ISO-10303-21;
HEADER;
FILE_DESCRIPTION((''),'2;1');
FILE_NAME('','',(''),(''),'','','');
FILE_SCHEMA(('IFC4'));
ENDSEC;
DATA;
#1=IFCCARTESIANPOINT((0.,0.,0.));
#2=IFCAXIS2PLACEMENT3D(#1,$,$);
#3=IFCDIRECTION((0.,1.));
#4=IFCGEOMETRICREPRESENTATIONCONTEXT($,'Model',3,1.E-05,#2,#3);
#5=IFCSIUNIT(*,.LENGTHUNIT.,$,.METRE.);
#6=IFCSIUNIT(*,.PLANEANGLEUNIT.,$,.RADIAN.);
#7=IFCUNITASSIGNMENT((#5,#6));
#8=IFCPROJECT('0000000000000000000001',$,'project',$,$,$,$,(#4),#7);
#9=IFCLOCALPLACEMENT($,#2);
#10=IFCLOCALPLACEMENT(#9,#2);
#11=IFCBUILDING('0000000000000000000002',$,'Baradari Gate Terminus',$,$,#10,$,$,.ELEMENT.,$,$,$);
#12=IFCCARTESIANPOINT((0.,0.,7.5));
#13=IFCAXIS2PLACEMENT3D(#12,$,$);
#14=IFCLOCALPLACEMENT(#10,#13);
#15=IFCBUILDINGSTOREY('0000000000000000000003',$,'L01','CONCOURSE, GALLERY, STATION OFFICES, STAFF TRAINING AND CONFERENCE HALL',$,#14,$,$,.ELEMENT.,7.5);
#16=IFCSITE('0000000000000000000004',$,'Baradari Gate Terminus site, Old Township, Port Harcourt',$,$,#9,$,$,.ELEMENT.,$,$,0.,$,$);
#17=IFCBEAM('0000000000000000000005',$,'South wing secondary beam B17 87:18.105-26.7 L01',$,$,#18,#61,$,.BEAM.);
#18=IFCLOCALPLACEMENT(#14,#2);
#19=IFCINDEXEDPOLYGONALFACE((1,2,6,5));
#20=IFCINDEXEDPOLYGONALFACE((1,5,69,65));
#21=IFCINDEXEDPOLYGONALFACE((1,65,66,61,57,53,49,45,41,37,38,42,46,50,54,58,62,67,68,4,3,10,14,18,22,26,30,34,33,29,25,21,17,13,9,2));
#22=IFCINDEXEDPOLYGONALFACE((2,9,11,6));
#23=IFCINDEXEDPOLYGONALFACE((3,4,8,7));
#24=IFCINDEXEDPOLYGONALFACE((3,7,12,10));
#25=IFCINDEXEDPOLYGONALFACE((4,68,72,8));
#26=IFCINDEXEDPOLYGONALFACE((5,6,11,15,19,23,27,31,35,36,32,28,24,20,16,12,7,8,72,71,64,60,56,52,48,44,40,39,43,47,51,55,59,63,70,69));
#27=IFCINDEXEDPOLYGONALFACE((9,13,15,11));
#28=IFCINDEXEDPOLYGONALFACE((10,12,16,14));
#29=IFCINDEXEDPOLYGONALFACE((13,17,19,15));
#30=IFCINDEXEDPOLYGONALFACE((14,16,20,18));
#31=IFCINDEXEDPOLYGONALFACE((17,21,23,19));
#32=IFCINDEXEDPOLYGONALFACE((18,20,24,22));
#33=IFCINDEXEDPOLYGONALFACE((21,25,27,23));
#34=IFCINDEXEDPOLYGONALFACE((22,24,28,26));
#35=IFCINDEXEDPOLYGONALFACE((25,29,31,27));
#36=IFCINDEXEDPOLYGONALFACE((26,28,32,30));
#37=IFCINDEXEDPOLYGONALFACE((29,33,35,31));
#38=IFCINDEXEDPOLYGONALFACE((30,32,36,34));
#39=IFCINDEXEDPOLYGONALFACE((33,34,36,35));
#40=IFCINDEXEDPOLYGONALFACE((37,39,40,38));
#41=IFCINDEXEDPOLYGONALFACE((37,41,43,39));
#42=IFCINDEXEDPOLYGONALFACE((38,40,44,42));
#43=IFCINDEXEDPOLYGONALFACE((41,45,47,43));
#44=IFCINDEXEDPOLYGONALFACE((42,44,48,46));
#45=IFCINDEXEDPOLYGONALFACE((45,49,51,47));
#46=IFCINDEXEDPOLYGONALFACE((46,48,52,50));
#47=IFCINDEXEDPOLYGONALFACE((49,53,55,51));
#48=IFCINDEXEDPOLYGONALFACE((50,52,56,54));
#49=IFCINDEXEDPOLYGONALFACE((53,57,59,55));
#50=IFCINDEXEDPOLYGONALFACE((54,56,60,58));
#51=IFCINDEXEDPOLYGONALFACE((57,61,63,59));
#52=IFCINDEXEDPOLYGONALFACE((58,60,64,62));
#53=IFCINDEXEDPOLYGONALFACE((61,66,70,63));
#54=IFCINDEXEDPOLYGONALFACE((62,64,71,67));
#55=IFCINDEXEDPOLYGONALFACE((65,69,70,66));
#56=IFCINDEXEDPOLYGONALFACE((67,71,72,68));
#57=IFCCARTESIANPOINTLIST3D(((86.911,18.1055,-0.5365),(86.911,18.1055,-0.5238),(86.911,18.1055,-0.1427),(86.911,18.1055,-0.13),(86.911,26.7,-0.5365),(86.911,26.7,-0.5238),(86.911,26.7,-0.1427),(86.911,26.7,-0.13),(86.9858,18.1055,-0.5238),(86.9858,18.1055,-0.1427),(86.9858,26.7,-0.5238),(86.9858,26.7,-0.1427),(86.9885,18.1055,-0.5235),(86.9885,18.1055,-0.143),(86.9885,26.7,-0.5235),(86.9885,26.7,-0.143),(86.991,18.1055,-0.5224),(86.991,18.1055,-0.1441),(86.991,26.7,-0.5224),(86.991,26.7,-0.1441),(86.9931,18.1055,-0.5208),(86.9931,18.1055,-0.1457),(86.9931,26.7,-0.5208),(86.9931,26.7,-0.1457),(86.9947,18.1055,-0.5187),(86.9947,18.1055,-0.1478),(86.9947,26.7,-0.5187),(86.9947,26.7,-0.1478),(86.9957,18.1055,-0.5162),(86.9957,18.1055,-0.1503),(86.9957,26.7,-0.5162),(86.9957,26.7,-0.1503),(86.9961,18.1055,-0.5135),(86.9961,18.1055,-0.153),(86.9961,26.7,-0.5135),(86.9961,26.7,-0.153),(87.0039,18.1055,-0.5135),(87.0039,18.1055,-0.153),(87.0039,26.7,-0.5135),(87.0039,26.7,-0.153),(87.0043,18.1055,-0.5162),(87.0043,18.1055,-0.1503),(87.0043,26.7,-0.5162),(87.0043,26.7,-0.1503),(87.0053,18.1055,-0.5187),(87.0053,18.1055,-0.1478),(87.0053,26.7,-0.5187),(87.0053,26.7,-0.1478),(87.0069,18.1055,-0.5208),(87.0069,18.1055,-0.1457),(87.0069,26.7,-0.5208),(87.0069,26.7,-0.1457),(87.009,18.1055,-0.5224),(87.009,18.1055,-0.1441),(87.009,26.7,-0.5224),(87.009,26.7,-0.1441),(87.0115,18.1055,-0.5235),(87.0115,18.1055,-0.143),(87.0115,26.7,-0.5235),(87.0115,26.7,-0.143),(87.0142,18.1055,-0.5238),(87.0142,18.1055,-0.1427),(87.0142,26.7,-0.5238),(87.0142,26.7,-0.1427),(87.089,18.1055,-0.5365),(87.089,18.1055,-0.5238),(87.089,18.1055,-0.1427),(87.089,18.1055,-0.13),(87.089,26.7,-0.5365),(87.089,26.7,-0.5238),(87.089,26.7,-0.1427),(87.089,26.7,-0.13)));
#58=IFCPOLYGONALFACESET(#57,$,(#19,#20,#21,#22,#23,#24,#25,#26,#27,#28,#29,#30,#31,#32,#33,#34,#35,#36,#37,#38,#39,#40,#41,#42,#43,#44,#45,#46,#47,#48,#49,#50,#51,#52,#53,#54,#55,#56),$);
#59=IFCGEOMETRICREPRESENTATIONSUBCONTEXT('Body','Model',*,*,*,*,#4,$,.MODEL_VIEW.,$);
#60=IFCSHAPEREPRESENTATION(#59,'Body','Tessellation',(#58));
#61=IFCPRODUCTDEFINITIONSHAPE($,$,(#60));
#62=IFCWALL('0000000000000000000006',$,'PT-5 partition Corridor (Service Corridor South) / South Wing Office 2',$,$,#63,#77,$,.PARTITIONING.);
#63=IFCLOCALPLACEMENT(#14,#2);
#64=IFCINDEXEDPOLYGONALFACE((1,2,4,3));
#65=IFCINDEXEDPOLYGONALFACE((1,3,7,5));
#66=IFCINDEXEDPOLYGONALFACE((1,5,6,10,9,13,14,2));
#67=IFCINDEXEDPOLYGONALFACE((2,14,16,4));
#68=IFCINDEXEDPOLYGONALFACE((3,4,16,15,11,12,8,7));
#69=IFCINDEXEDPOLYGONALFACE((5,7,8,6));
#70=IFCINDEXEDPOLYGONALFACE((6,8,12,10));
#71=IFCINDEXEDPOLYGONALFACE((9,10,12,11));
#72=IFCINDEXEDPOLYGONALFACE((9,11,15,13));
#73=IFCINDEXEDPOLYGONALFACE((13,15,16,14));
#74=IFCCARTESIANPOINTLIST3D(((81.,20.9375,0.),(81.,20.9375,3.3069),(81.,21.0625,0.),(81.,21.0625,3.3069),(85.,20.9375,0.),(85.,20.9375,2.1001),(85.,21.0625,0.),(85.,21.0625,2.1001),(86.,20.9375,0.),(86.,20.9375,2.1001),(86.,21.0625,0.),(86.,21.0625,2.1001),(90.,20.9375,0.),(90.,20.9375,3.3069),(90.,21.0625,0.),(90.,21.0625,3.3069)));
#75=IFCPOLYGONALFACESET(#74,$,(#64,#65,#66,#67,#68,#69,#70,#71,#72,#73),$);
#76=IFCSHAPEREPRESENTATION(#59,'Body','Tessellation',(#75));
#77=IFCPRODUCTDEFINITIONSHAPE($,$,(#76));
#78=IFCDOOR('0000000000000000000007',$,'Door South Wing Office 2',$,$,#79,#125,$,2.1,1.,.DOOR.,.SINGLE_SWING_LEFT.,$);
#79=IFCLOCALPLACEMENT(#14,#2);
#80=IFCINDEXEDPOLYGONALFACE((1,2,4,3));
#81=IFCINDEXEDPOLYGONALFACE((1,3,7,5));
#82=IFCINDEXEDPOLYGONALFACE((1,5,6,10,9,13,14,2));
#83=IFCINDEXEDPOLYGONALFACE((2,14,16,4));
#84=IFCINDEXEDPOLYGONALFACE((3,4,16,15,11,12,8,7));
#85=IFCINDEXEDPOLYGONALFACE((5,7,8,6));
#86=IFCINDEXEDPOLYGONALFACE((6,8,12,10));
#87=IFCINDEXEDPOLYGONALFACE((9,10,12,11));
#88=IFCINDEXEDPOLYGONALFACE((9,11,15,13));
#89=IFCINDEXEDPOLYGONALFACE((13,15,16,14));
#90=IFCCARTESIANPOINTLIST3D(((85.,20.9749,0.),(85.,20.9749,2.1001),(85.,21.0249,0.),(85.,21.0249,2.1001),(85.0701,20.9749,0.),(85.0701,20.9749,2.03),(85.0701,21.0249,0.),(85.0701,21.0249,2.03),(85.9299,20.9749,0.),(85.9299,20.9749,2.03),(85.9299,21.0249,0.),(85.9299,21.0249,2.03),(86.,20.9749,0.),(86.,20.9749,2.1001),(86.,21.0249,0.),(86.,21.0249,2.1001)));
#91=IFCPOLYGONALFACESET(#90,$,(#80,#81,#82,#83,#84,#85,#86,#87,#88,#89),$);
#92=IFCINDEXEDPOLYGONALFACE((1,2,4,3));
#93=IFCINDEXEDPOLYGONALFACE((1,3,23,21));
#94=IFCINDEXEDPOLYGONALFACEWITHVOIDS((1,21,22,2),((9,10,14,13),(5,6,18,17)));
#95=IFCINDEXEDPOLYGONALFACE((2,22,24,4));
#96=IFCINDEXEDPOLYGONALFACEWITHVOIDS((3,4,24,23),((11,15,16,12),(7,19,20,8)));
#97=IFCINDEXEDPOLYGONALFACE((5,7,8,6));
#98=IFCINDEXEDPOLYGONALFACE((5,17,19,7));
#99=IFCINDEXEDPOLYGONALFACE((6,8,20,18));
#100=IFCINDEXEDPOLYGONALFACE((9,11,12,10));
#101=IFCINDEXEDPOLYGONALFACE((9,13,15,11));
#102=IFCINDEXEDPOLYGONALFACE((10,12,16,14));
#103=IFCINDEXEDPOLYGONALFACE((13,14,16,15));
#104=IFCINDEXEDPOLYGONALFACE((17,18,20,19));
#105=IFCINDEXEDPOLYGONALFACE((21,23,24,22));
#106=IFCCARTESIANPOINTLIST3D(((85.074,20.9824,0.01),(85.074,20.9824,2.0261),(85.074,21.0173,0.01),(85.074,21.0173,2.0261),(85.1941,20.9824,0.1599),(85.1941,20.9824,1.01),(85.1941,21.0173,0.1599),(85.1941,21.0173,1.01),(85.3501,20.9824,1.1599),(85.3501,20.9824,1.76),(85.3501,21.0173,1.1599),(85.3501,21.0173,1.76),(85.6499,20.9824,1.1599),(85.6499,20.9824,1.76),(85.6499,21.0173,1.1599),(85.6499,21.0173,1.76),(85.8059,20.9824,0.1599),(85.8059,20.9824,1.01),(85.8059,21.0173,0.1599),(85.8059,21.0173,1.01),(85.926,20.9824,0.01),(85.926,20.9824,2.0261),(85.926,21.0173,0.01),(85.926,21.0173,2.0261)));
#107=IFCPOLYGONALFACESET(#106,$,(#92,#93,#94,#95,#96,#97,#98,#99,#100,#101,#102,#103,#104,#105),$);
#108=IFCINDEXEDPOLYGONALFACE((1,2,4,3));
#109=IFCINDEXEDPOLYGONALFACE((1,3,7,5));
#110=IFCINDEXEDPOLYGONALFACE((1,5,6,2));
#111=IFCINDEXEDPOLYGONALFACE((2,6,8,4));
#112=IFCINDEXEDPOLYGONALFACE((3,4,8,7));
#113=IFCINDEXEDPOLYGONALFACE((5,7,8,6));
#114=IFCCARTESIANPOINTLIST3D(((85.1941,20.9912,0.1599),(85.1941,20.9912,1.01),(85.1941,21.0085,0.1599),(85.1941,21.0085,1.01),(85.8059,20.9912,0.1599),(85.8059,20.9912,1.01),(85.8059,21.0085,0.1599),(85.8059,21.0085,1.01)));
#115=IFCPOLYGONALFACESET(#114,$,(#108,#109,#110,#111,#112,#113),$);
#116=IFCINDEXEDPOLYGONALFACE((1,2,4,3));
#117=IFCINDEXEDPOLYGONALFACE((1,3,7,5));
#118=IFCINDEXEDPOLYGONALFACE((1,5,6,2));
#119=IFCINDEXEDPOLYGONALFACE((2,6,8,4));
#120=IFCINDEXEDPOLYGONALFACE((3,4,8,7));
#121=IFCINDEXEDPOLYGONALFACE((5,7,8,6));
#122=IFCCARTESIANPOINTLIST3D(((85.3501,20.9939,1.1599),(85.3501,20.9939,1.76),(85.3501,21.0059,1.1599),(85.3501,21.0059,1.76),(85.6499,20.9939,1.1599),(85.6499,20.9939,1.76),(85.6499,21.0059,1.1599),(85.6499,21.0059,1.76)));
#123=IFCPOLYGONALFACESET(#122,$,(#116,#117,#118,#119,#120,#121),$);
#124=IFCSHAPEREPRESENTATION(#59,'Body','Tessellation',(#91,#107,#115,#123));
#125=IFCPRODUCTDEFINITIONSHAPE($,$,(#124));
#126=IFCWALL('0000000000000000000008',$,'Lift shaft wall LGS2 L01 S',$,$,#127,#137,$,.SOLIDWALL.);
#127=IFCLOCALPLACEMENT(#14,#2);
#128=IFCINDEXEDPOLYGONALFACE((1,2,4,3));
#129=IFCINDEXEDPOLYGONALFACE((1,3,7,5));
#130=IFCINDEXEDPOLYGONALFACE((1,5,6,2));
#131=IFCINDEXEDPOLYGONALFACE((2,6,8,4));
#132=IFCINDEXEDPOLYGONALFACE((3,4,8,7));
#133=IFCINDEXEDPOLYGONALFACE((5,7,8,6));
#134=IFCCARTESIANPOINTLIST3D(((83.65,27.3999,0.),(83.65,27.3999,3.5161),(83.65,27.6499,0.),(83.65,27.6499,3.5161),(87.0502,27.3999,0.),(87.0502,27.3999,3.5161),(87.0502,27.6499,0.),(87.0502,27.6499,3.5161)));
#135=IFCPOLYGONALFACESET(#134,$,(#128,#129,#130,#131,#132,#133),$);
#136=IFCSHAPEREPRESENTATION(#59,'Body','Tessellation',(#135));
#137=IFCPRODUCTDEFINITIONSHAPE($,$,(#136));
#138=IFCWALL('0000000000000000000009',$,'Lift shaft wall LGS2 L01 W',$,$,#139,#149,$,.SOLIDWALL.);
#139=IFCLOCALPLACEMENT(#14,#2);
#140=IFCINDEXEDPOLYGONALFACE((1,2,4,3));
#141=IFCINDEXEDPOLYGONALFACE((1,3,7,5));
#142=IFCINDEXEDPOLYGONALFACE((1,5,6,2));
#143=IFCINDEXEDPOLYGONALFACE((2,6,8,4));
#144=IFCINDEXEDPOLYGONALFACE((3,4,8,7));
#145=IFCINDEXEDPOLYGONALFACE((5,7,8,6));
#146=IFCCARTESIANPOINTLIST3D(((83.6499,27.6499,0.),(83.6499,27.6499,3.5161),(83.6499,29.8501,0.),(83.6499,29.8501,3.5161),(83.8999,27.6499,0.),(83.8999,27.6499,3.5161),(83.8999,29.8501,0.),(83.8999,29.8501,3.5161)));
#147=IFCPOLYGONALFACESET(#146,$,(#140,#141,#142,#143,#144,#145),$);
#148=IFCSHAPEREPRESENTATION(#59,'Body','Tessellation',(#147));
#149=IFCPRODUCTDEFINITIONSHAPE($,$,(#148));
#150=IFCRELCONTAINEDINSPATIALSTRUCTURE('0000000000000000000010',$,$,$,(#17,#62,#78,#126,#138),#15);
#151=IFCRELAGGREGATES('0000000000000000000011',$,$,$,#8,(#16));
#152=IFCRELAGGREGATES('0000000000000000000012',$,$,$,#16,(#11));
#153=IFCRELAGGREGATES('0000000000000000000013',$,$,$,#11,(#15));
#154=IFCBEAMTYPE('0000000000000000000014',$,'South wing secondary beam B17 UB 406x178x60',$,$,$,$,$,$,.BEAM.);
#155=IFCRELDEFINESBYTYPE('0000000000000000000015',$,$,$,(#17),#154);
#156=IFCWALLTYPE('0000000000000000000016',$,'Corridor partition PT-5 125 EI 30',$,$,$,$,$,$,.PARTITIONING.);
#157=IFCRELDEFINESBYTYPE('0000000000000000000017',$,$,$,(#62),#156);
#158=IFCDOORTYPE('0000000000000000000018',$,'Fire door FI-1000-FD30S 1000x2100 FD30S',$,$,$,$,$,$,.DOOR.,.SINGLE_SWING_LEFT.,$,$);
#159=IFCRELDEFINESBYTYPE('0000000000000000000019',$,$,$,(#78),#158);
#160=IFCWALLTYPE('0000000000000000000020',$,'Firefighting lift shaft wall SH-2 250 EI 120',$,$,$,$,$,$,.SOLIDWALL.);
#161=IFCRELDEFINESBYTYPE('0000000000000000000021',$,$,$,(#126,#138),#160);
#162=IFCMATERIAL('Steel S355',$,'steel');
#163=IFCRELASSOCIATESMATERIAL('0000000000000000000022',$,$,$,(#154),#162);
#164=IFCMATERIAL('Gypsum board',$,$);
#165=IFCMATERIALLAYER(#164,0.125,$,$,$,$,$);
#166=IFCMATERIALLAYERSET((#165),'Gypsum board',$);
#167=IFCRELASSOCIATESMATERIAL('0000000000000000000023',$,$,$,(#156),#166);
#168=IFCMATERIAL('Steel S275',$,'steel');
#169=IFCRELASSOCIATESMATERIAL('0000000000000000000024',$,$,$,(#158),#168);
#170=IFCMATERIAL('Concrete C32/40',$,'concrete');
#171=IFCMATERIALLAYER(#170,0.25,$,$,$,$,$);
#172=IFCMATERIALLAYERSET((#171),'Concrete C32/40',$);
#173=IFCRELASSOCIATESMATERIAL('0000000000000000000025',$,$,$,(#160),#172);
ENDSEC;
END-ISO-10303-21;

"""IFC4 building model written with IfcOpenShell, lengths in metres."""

from ifc_helpers import new_model, si_unit, direction, frame, frame_2d, origin, origin_2d, place, context, subcontext, project, spatial, polyline, rectangle, i_section, outline, extrude, material, layer, layer_set, material_profile, profile_set, type_object, element, fill, save


model = new_model("IFC4")

# Units and contexts
model_context = context("Model", 3, precision=1e-05, world=origin(), true_north=direction((0.0, 1.0)))
body_context = subcontext(model_context, "Body", "Model", "MODEL_VIEW")
ifc_project = project(units=[si_unit("LENGTHUNIT", "METRE"), si_unit("PLANEANGLEUNIT", "RADIAN")], contexts=[model_context])

# Site, building, storey
site_placement = place(None, origin())
site = spatial("IfcSite", under=ifc_project, at=site_placement, Name="Baradari Gate Terminus site, Old Township, Port Harcourt", CompositionType="ELEMENT", RefElevation=0.0)
building_placement = place(site_placement, origin())
building = spatial("IfcBuilding", under=site, at=building_placement, Name="Baradari Gate Terminus", CompositionType="ELEMENT")
storey_placement = place(building_placement, frame((0.0, 0.0, 7.5)))
storey = spatial("IfcBuildingStorey", under=building, at=storey_placement, Name="L01", Description="CONCOURSE, GALLERY, STATION OFFICES, STAFF TRAINING AND CONFERENCE HALL", CompositionType="ELEMENT", Elevation=7.5)

# Beam
ifc_material_1 = material(Name="Steel S355", Category="steel")
ifc_material_profile_1 = material_profile(ifc_material_1, i_section(OverallWidth=0.178, OverallDepth=0.4065, WebThickness=0.0078, FlangeThickness=0.0127, FilletRadius=0.0103, at=origin_2d()), Name="UB 406x178x60")
ifc_profile_set_1 = profile_set([ifc_material_profile_1], Name="Steel S355")
beam_type_1 = type_object("IfcBeamType", Name="South wing secondary beam B17 UB 406x178x60", PredefinedType="BEAM", material=ifc_profile_set_1)
for number, where, z_axis, x_axis, name in (
    (1, (87.0, 18.1055, -0.3333), (0.0, 1.0, 0.0), (-1.0, 0.0, 0.0), "South wing secondary beam B17 87:18.105-26.7 L01"),
):
    element("IfcBeam", number, at=place(storey_placement, frame(where, z_axis=z_axis, x_axis=x_axis)), inside=storey, type_object=beam_type_1, Name=name, PredefinedType="BEAM", context=body_context, shape_type="SweptSolid", body=[
        extrude(i_section(OverallWidth=0.178, OverallDepth=0.4065, WebThickness=0.0078, FlangeThickness=0.0127, FilletRadius=0.0103, at=origin_2d()), origin(), (0.0, 0.0, 1.0), 8.5945),
    ])

# Wall, opening, door
ifc_material_2 = material(Name="Gypsum board")
ifc_layer_1 = layer(ifc_material_2, 0.125)
ifc_layer_set_1 = layer_set([ifc_layer_1], Name="Gypsum board")
wall_type_1 = type_object("IfcWallType", Name="Corridor partition PT-5 125 EI 30", PredefinedType="PARTITIONING", material=ifc_layer_set_1)
wall_1_placement = place(storey_placement, frame((81.0, 21.0, 0.0), z_axis=(0.0, 0.0, 1.0), x_axis=(1.0, 0.0, 0.0)))
wall_1 = element("IfcWall", 2, at=wall_1_placement, inside=storey, type_object=wall_type_1, Name="PT-5 partition Corridor (Service Corridor South) / South Wing Office 2", PredefinedType="PARTITIONING", context=body_context, shape_type="SweptSolid", body=[
    extrude(rectangle(XDim=9.0, YDim=0.125, at=frame_2d((4.5, 0.0))), origin(), (0.0, 0.0, 1.0), 3.3069),
])
opening_1_placement = place(wall_1_placement, frame((4.0, 0.0, 0.0)))
opening_1 = element("IfcOpeningElement", 3, at=opening_1_placement, cuts=wall_1, PredefinedType="OPENING", context=body_context, shape_type="SweptSolid", body=[
    extrude(rectangle(XDim=1.0, YDim=2.1001, at=frame_2d((0.5, 1.05))), frame((0.0, 0.0725, 0.0), z_axis=(0.0, -1.0, 0.0), x_axis=(1.0, 0.0, 0.0)), (0.0, 0.0, 1.0), 0.145),
])
ifc_material_3 = material(Name="Steel S275", Category="steel")
door_type_1 = type_object("IfcDoorType", Name="Fire door FI-1000-FD30S 1000x2100 FD30S", OperationType="SINGLE_SWING_LEFT", PredefinedType="DOOR", material=ifc_material_3)
door_1_placement = place(opening_1_placement, origin())
door_1 = element("IfcDoor", 4, at=door_1_placement, inside=storey, type_object=door_type_1, Name="Door South Wing Office 2", OperationType="SINGLE_SWING_LEFT", OverallHeight=2.1, OverallWidth=1.0, PredefinedType="DOOR", context=body_context, shape_type="SweptSolid", body=[
    extrude(outline(polyline([(0.0, 0.0), (0.0701, 0.0), (0.0701, 2.03), (0.9299, 2.03), (0.9299, 0.0), (1.0, 0.0), (1.0, 2.1001), (0.0, 2.1001), (0.0, 0.0)])), frame((0.0, 0.0249, 0.0), z_axis=(0.0, -1.0, 0.0), x_axis=(1.0, 0.0, 0.0)), (0.0, 0.0, 1.0), 0.05),
    extrude(outline(polyline([(0.074, 0.01), (0.926, 0.01), (0.926, 2.0261), (0.074, 2.0261), (0.074, 0.01)]), holes=[polyline([(0.1941, 0.1599), (0.8059, 0.1599), (0.8059, 1.01), (0.1941, 1.01), (0.1941, 0.1599)]), polyline([(0.3501, 1.1599), (0.6499, 1.1599), (0.6499, 1.76), (0.3501, 1.76), (0.3501, 1.1599)])]), frame((0.0, 0.0173, 0.0), z_axis=(0.0, -1.0, 0.0), x_axis=(1.0, 0.0, 0.0)), (0.0, 0.0, 1.0), 0.0349),
    extrude(rectangle(XDim=0.6118, YDim=0.8501, at=frame_2d((0.5, 0.585))), frame((0.0, 0.0085, 0.0), z_axis=(0.0, -1.0, 0.0), x_axis=(1.0, 0.0, 0.0)), (0.0, 0.0, 1.0), 0.0173),
    extrude(rectangle(XDim=0.2998, YDim=0.6001, at=frame_2d((0.5, 1.46))), frame((0.0, 0.0059, 0.0), z_axis=(0.0, -1.0, 0.0), x_axis=(1.0, 0.0, 0.0)), (0.0, 0.0, 1.0), 0.012),
])
fill(opening_1, door_1)

# Walls
ifc_material_4 = material(Name="Concrete C32/40", Category="concrete")
ifc_layer_2 = layer(ifc_material_4, 0.25)
ifc_layer_set_2 = layer_set([ifc_layer_2], Name="Concrete C32/40")
wall_type_2 = type_object("IfcWallType", Name="Firefighting lift shaft wall SH-2 250 EI 120", PredefinedType="SOLIDWALL", material=ifc_layer_set_2)
wall_2_placement = place(storey_placement, frame((83.6499, 27.5249, 0.0), z_axis=(0.0, 0.0, 1.0), x_axis=(1.0, 0.0, 0.0)))
element("IfcWall", 5, at=wall_2_placement, inside=storey, type_object=wall_type_2, Name="Lift shaft wall LGS2 L01 S", PredefinedType="SOLIDWALL", context=body_context, shape_type="SweptSolid", body=[
    extrude(rectangle(XDim=3.4001, YDim=0.25, at=frame_2d((1.7002, 0.0))), origin(), (0.0, 0.0, 1.0), 3.5161),
])
wall_3_placement = place(storey_placement, frame((83.7749, 27.6499, 0.0), z_axis=(0.0, 0.0, 1.0), x_axis=(0.0, 1.0, 0.0)))
element("IfcWall", 6, at=wall_3_placement, inside=storey, type_object=wall_type_2, Name="Lift shaft wall LGS2 L01 W", PredefinedType="SOLIDWALL", context=body_context, shape_type="SweptSolid", body=[
    extrude(rectangle(XDim=2.2002, YDim=0.25, at=frame_2d((1.1001, 0.0))), origin(), (0.0, 0.0, 1.0), 3.5161),
])

save(model, "model.ifc")
